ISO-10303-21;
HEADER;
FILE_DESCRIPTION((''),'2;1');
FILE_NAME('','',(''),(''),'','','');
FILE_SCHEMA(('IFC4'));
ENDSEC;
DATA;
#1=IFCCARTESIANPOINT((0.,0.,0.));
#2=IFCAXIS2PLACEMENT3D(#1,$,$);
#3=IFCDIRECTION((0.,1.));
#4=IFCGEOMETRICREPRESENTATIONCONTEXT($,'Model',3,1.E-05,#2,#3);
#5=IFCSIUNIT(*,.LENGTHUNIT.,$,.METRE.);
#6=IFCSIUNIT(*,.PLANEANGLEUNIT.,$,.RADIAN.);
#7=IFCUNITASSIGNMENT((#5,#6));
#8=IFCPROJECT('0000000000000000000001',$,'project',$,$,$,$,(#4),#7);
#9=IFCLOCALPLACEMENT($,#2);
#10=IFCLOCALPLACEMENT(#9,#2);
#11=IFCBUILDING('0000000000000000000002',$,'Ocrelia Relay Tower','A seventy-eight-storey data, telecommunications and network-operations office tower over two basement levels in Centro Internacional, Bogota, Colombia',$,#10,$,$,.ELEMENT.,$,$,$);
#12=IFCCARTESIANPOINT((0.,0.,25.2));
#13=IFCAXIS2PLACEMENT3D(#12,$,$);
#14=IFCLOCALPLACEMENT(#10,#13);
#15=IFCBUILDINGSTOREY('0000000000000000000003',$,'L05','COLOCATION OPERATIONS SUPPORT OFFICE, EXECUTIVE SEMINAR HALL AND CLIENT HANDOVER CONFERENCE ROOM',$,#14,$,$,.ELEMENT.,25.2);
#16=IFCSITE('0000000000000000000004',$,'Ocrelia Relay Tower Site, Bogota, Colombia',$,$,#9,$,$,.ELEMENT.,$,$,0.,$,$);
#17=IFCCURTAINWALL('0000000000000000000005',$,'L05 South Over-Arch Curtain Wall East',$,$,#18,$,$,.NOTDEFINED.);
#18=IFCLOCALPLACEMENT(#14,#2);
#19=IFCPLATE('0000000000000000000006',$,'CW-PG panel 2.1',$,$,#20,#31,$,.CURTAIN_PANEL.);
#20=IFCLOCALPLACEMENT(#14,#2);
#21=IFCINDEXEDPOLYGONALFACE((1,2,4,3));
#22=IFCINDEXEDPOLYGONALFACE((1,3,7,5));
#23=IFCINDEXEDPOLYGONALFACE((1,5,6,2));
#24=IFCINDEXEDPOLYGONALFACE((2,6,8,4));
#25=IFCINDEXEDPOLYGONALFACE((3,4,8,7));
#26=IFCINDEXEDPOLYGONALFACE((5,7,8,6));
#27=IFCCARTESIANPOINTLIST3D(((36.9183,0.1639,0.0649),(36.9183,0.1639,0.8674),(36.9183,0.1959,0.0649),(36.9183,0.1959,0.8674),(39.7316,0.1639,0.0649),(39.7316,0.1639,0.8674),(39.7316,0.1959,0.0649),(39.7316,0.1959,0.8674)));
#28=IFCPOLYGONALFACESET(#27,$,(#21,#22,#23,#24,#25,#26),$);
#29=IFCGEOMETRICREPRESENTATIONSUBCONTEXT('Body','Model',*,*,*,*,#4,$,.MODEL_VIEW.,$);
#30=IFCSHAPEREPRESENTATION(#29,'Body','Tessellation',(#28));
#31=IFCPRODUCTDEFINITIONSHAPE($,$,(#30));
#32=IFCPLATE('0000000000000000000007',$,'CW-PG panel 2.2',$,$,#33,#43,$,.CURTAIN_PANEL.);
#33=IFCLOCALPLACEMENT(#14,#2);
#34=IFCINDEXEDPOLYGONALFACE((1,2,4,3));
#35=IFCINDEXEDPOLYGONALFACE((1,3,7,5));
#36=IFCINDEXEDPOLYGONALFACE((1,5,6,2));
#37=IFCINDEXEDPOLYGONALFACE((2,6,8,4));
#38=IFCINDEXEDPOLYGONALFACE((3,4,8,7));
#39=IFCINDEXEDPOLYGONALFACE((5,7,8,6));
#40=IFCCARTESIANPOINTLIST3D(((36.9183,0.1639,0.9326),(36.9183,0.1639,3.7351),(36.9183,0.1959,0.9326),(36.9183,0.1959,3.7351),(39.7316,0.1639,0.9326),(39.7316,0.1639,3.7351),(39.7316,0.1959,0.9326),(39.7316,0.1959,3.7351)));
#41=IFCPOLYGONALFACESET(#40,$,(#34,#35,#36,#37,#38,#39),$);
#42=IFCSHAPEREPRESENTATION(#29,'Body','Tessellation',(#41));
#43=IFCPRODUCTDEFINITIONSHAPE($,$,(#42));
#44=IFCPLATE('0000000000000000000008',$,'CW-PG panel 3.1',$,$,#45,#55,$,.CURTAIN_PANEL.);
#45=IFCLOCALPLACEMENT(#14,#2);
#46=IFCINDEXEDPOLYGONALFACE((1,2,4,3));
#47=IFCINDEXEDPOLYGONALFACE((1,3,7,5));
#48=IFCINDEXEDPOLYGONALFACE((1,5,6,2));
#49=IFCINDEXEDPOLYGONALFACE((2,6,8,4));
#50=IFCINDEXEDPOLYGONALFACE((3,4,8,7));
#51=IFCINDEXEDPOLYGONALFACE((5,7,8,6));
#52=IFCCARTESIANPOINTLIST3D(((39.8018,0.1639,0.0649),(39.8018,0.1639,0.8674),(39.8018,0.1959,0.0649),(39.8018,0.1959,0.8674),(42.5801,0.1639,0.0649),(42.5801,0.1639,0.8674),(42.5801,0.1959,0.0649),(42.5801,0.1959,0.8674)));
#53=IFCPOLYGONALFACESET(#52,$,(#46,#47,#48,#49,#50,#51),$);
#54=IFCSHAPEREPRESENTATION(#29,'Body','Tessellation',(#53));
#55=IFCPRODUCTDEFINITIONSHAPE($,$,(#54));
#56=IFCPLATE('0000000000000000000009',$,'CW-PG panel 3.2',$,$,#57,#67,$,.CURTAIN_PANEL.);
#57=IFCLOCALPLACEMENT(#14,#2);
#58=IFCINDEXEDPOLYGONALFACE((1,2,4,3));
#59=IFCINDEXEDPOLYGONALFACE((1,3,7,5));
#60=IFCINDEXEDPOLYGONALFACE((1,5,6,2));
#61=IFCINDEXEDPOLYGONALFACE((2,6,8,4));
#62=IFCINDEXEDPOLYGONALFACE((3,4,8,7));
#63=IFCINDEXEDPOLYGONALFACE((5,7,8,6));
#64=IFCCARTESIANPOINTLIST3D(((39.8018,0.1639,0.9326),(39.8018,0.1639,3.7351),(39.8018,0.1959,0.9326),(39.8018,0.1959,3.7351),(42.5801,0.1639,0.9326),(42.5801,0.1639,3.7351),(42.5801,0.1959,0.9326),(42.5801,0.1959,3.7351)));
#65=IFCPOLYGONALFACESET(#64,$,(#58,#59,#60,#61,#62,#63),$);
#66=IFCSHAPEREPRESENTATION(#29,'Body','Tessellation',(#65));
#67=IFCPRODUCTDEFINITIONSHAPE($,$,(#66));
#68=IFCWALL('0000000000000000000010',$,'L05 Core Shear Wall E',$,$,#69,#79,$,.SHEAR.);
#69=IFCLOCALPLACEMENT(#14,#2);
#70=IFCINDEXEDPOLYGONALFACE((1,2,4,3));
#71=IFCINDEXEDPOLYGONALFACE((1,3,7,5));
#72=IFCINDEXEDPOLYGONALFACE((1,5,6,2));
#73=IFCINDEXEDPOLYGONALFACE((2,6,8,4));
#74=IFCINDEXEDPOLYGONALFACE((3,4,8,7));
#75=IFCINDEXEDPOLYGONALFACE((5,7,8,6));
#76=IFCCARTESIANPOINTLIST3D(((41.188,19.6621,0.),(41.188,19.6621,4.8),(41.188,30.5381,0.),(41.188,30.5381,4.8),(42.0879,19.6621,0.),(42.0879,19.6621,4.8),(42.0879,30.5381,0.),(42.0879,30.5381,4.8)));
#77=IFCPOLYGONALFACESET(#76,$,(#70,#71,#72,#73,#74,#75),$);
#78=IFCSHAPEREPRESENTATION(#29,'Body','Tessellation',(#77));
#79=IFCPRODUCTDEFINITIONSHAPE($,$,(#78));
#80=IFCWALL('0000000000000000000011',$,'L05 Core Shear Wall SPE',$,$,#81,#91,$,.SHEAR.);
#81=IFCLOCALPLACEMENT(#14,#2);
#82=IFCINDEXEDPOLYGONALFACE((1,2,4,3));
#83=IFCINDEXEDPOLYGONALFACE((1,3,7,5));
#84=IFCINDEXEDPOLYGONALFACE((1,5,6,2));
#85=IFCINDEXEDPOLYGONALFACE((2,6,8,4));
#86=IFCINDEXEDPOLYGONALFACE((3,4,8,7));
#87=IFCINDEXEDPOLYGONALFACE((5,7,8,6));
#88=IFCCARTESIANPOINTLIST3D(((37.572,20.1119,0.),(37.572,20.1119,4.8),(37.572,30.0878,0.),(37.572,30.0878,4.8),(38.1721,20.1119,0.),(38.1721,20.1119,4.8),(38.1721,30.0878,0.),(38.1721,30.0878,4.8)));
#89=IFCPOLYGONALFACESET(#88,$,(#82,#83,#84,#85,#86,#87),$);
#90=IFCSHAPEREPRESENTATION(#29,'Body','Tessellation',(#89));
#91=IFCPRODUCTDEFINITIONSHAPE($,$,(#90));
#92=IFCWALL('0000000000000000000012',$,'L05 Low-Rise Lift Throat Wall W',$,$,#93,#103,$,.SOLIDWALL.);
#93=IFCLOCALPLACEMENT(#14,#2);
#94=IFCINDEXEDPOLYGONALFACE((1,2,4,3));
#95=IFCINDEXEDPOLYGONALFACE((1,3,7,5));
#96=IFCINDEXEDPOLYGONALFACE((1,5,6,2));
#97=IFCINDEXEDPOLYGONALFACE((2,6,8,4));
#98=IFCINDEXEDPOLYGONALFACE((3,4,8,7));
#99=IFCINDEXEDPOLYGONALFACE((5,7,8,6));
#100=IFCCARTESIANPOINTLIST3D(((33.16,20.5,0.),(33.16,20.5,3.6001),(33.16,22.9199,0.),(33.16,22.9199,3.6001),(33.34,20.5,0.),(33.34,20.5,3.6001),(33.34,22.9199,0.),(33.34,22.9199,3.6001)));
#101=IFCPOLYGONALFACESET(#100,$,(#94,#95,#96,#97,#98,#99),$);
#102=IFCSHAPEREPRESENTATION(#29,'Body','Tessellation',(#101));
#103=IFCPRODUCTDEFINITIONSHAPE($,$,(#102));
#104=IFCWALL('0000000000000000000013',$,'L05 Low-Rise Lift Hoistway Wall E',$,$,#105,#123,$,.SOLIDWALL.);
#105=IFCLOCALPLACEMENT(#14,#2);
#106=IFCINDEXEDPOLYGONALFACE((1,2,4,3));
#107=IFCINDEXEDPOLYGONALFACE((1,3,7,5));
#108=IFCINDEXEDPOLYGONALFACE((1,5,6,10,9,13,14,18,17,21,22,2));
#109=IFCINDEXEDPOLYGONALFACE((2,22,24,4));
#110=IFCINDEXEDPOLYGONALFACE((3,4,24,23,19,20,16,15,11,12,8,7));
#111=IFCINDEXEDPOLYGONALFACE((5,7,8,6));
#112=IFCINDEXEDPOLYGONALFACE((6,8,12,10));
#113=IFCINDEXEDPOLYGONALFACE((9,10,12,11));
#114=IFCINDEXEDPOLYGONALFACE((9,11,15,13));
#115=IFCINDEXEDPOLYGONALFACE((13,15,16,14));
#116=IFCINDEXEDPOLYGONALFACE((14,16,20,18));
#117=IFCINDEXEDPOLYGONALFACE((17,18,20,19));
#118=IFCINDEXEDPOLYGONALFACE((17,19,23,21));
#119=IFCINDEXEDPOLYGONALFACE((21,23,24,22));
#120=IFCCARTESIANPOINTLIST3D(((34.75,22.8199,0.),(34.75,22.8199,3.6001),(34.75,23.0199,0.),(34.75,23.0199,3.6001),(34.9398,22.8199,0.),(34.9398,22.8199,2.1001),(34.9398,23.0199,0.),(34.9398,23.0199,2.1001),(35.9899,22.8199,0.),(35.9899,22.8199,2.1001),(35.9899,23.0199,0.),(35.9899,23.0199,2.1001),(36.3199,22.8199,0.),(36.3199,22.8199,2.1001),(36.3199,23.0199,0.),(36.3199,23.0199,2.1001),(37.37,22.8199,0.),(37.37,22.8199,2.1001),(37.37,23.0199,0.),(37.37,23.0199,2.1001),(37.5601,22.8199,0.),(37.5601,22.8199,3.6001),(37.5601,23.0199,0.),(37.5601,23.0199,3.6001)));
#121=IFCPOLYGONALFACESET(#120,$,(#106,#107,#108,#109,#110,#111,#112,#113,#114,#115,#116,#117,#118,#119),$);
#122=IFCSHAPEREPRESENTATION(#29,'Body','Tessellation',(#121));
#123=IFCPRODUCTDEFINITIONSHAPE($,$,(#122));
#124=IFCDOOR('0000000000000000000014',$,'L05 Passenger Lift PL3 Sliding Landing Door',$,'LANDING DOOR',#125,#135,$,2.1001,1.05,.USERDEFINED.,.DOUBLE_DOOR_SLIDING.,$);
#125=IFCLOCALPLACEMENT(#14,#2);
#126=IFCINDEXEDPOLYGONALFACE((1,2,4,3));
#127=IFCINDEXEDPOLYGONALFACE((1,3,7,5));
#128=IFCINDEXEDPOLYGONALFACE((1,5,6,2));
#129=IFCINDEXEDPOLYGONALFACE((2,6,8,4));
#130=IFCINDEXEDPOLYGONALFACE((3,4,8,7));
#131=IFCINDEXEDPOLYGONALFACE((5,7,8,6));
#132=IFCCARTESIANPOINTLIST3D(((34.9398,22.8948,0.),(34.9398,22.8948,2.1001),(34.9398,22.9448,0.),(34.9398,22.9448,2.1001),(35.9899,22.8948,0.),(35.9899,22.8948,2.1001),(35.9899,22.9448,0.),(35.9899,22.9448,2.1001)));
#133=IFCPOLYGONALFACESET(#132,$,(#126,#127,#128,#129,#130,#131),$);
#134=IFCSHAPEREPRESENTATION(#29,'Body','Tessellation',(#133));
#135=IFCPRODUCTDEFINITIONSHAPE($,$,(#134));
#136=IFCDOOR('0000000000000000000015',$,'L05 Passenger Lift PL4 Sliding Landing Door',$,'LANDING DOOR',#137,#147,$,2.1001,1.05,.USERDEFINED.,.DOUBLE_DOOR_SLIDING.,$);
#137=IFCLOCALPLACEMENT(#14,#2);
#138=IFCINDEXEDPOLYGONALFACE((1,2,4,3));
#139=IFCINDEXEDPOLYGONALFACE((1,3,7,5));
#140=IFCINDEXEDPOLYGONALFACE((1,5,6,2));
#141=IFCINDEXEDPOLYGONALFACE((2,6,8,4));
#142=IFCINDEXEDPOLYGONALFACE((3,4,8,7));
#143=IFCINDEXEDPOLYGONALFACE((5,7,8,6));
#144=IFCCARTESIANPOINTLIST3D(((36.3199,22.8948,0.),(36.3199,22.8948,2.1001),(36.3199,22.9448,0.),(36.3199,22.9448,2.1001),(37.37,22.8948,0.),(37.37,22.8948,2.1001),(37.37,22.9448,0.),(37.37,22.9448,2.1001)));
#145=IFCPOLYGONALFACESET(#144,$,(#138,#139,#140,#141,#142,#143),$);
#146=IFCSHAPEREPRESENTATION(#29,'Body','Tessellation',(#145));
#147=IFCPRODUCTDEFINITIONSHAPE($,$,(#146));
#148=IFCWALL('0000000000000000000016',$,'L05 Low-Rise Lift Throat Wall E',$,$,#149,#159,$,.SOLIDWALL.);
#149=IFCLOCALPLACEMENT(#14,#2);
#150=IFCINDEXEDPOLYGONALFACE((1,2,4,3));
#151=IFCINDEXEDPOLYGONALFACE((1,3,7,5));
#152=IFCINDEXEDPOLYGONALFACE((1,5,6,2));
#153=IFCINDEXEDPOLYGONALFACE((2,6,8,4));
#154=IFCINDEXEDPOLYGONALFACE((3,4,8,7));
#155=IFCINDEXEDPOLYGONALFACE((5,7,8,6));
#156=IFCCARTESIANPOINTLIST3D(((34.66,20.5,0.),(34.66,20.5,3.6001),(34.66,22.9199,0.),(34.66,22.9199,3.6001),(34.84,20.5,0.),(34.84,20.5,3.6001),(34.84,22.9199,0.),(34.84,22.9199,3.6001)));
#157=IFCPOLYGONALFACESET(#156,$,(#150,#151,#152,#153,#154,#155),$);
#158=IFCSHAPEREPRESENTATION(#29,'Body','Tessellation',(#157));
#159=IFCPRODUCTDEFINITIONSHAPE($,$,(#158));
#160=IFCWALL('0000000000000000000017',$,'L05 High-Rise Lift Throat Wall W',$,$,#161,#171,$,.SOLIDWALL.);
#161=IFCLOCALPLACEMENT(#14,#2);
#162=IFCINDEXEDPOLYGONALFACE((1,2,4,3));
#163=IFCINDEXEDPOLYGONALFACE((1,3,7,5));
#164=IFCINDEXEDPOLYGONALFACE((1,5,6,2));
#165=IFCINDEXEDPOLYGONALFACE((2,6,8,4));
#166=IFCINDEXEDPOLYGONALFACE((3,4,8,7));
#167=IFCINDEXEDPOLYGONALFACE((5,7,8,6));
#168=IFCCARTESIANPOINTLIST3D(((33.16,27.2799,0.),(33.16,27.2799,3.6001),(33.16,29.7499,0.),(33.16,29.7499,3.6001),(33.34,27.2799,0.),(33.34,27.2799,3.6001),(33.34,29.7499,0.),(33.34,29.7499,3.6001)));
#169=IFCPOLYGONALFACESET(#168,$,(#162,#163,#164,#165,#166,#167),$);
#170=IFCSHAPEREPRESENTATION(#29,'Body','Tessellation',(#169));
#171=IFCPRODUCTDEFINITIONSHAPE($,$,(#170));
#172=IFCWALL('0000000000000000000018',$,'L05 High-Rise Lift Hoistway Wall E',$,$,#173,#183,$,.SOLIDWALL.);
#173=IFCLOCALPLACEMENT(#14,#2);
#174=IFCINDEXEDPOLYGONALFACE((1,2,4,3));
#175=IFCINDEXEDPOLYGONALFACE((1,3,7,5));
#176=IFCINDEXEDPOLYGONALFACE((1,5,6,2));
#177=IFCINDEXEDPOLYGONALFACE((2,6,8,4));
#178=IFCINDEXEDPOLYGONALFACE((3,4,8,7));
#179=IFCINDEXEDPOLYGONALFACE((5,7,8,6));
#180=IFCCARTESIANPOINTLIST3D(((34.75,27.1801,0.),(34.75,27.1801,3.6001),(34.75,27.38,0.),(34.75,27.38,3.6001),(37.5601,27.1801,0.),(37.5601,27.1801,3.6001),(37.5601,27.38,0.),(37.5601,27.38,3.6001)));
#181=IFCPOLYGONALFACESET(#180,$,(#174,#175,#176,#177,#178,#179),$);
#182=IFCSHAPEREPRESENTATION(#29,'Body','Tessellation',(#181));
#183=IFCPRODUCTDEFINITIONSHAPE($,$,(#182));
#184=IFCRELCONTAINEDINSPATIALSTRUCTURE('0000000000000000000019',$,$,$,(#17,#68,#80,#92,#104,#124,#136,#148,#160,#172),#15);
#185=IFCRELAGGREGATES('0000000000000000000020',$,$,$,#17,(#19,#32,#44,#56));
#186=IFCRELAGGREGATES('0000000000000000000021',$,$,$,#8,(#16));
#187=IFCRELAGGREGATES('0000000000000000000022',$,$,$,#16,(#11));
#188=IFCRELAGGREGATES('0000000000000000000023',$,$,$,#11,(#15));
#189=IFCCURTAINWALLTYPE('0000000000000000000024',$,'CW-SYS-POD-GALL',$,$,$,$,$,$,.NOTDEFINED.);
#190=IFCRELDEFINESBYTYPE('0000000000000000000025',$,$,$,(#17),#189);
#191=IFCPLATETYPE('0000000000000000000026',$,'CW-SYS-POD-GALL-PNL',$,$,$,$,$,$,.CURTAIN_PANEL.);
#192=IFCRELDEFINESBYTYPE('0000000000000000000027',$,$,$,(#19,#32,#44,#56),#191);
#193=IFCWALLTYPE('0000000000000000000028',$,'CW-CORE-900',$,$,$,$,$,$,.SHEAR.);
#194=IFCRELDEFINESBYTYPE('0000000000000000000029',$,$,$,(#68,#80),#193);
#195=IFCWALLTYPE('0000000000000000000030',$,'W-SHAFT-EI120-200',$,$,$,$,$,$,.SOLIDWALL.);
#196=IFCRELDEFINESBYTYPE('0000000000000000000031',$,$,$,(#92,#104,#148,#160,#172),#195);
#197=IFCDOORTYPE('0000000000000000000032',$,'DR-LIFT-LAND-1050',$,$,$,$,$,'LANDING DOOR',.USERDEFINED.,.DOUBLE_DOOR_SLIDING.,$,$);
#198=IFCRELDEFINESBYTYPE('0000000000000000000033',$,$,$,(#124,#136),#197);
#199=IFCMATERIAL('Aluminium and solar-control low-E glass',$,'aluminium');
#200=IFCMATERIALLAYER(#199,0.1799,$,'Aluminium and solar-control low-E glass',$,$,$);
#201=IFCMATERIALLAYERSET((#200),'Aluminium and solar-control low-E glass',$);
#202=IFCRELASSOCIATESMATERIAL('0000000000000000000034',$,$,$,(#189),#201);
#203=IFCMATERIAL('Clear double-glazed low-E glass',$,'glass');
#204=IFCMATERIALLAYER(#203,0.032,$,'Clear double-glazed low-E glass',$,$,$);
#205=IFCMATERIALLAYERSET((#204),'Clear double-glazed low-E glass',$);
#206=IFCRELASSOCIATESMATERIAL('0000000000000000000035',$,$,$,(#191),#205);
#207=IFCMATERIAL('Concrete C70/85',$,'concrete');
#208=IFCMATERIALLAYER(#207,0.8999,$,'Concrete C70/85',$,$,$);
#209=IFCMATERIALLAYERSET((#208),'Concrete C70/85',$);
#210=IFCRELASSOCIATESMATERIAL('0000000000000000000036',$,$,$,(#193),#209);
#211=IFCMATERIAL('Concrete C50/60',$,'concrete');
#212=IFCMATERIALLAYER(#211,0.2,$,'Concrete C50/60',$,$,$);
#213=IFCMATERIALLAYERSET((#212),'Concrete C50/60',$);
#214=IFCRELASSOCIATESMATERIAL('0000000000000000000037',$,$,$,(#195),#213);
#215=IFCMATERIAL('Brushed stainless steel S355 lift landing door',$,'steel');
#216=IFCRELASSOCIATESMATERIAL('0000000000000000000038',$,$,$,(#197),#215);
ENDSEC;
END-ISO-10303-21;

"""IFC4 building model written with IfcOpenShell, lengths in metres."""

from ifc_helpers import new_model, si_unit, direction, frame, frame_2d, origin, origin_2d, place, context, subcontext, project, spatial, rectangle, extrude, material, layer, layer_set, type_object, element, fill, aggregate, save


model = new_model("IFC4")

# Units and contexts
model_context = context("Model", 3, precision=1e-05, world=origin(), true_north=direction((0.0, 1.0)))
body_context = subcontext(model_context, "Body", "Model", "MODEL_VIEW")
ifc_project = project(units=[si_unit("LENGTHUNIT", "METRE"), si_unit("PLANEANGLEUNIT", "RADIAN")], contexts=[model_context])

# Site, building, storey
site_placement = place(None, origin())
site = spatial("IfcSite", under=ifc_project, at=site_placement, Name="Ocrelia Relay Tower Site, Bogota, Colombia", CompositionType="ELEMENT", RefElevation=0.0)
building_placement = place(site_placement, origin())
building = spatial("IfcBuilding", under=site, at=building_placement, Name="Ocrelia Relay Tower", Description="A seventy-eight-storey data, telecommunications and network-operations office tower over two basement levels in Centro Internacional, Bogota, Colombia", CompositionType="ELEMENT")
storey_placement = place(building_placement, frame((0.0, 0.0, 25.2)))
storey = spatial("IfcBuildingStorey", under=building, at=storey_placement, Name="L05", Description="COLOCATION OPERATIONS SUPPORT OFFICE, EXECUTIVE SEMINAR HALL AND CLIENT HANDOVER CONFERENCE ROOM", CompositionType="ELEMENT", Elevation=25.2)

# Shared definitions
ifc_material_1 = material(Name="Concrete C70/85", Category="concrete")

# Shared definitions
ifc_material_2 = material(Name="Aluminium and solar-control low-E glass", Category="aluminium")
ifc_layer_1 = layer(ifc_material_2, 0.1799, Name="Aluminium and solar-control low-E glass")
ifc_layer_set_1 = layer_set([ifc_layer_1], Name="Aluminium and solar-control low-E glass")
curtain_wall_type = type_object("IfcCurtainWallType", Name="CW-SYS-POD-GALL", PredefinedType="NOTDEFINED", material=ifc_layer_set_1)

# Curtain wall, plates
curtain_wall_1_placement = place(storey_placement, origin())
curtain_wall_1 = element("IfcCurtainWall", 1, at=curtain_wall_1_placement, inside=storey, type_object=curtain_wall_type, Name="L05 South Over-Arch Curtain Wall East", PredefinedType="NOTDEFINED")
ifc_material_3 = material(Name="Clear double-glazed low-E glass", Category="glass")
ifc_layer_2 = layer(ifc_material_3, 0.032, Name="Clear double-glazed low-E glass")
ifc_layer_set_2 = layer_set([ifc_layer_2], Name="Clear double-glazed low-E glass")
plate_type = type_object("IfcPlateType", Name="CW-SYS-POD-GALL-PNL", PredefinedType="CURTAIN_PANEL", material=ifc_layer_set_2)
plate_1_placement = place(storey_placement, frame((38.325, 0.1799, 0.0649), z_axis=(0.0, 0.0, 1.0), x_axis=(1.0, 0.0, 0.0)))
plate_1 = element("IfcPlate", 2, at=plate_1_placement, type_object=plate_type, Name="CW-PG panel 2.1", PredefinedType="CURTAIN_PANEL", context=body_context, shape_type="SweptSolid", body=[
    extrude(rectangle(XDim=2.8132, YDim=0.032, at=origin_2d()), origin(), (0.0, 0.0, 1.0), 0.8025),
])
plate_2_placement = place(storey_placement, frame((38.325, 0.1799, 0.9326), z_axis=(0.0, 0.0, 1.0), x_axis=(1.0, 0.0, 0.0)))
plate_2 = element("IfcPlate", 3, at=plate_2_placement, type_object=plate_type, Name="CW-PG panel 2.2", PredefinedType="CURTAIN_PANEL", context=body_context, shape_type="SweptSolid", body=[
    extrude(rectangle(XDim=2.8132, YDim=0.032, at=origin_2d()), origin(), (0.0, 0.0, 1.0), 2.8025),
])
plate_3_placement = place(storey_placement, frame((41.1909, 0.1799, 0.0649), z_axis=(0.0, 0.0, 1.0), x_axis=(1.0, 0.0, 0.0)))
plate_3 = element("IfcPlate", 4, at=plate_3_placement, type_object=plate_type, Name="CW-PG panel 3.1", PredefinedType="CURTAIN_PANEL", context=body_context, shape_type="SweptSolid", body=[
    extrude(rectangle(XDim=2.7783, YDim=0.032, at=origin_2d()), origin(), (0.0, 0.0, 1.0), 0.8025),
])
plate_4_placement = place(storey_placement, frame((41.1909, 0.1799, 0.9326), z_axis=(0.0, 0.0, 1.0), x_axis=(1.0, 0.0, 0.0)))
plate_4 = element("IfcPlate", 5, at=plate_4_placement, type_object=plate_type, Name="CW-PG panel 3.2", PredefinedType="CURTAIN_PANEL", context=body_context, shape_type="SweptSolid", body=[
    extrude(rectangle(XDim=2.7783, YDim=0.032, at=origin_2d()), origin(), (0.0, 0.0, 1.0), 2.8025),
])
aggregate(curtain_wall_1, [plate_1, plate_2, plate_3, plate_4])

# Walls
ifc_layer_3 = layer(ifc_material_1, 0.8999, Name="Concrete C70/85")
ifc_layer_set_3 = layer_set([ifc_layer_3], Name="Concrete C70/85")
wall_type_1 = type_object("IfcWallType", Name="CW-CORE-900", PredefinedType="SHEAR", material=ifc_layer_set_3)
wall_1_placement = place(storey_placement, frame((41.6379, 19.6621, 0.0), z_axis=(0.0, 0.0, 1.0), x_axis=(0.0, 1.0, 0.0)))
element("IfcWall", 6, at=wall_1_placement, inside=storey, type_object=wall_type_1, Name="L05 Core Shear Wall E", PredefinedType="SHEAR", context=body_context, shape_type="SweptSolid", body=[
    extrude(rectangle(XDim=10.876, YDim=0.8999, at=frame_2d((5.438, 0.0))), origin(), (0.0, 0.0, 1.0), 4.8),
])
wall_2_placement = place(storey_placement, frame((37.8721, 20.1121, 0.0), z_axis=(0.0, 0.0, 1.0), x_axis=(0.0, 1.0, 0.0)))
element("IfcWall", 7, at=wall_2_placement, inside=storey, type_object=wall_type_1, Name="L05 Core Shear Wall SPE", PredefinedType="SHEAR", context=body_context, shape_type="SweptSolid", body=[
    extrude(rectangle(XDim=9.9758, YDim=0.6001, at=frame_2d((4.9878, 0.0))), origin(), (0.0, 0.0, 1.0), 4.8),
])
ifc_material_4 = material(Name="Concrete C50/60", Category="concrete")
ifc_layer_4 = layer(ifc_material_4, 0.2, Name="Concrete C50/60")
ifc_layer_set_4 = layer_set([ifc_layer_4], Name="Concrete C50/60")
wall_type_2 = type_object("IfcWallType", Name="W-SHAFT-EI120-200", PredefinedType="SOLIDWALL", material=ifc_layer_set_4)
wall_3_placement = place(storey_placement, frame((33.25, 20.5, 0.0), z_axis=(0.0, 0.0, 1.0), x_axis=(0.0, 1.0, 0.0)))
element("IfcWall", 8, at=wall_3_placement, inside=storey, type_object=wall_type_2, Name="L05 Low-Rise Lift Throat Wall W", PredefinedType="SOLIDWALL", context=body_context, shape_type="SweptSolid", body=[
    extrude(rectangle(XDim=2.4199, YDim=0.1799, at=frame_2d((1.21, 0.0))), origin(), (0.0, 0.0, 1.0), 3.6001),
])

# Wall, openings, doors
wall_4_placement = place(storey_placement, frame((34.75, 22.9199, 0.0), z_axis=(0.0, 0.0, 1.0), x_axis=(1.0, 0.0, 0.0)))
wall_4 = element("IfcWall", 9, at=wall_4_placement, inside=storey, type_object=wall_type_2, Name="L05 Low-Rise Lift Hoistway Wall E", PredefinedType="SOLIDWALL", context=body_context, shape_type="SweptSolid", body=[
    extrude(rectangle(XDim=2.8101, YDim=0.2, at=frame_2d((1.405, 0.0))), origin(), (0.0, 0.0, 1.0), 3.6001),
])
opening_1_placement = place(wall_4_placement, frame((0.1899, 0.0, 0.0)))
opening_1 = element("IfcOpeningElement", 10, at=opening_1_placement, cuts=wall_4, PredefinedType="OPENING", context=body_context, shape_type="SweptSolid", body=[
    extrude(rectangle(XDim=1.05, YDim=2.1001, at=frame_2d((0.5249, 1.05))), frame((0.0, 0.1099, 0.0), z_axis=(0.0, -1.0, 0.0), x_axis=(1.0, 0.0, 0.0)), (0.0, 0.0, 1.0), 0.22),
])
opening_2_placement = place(wall_4_placement, frame((1.5701, 0.0, 0.0)))
opening_2 = element("IfcOpeningElement", 11, at=opening_2_placement, cuts=wall_4, PredefinedType="OPENING", context=body_context, shape_type="SweptSolid", body=[
    extrude(rectangle(XDim=1.05, YDim=2.1001, at=frame_2d((0.5249, 1.05))), frame((0.0, 0.1099, 0.0), z_axis=(0.0, -1.0, 0.0), x_axis=(1.0, 0.0, 0.0)), (0.0, 0.0, 1.0), 0.22),
])
ifc_material_5 = material(Name="Brushed stainless steel S355 lift landing door", Category="steel")
door_type = type_object("IfcDoorType", Name="DR-LIFT-LAND-1050", ElementType="LANDING DOOR", OperationType="DOUBLE_DOOR_SLIDING", PredefinedType="USERDEFINED", material=ifc_material_5)
door_1_placement = place(opening_1_placement, origin())
door_1 = element("IfcDoor", 12, at=door_1_placement, inside=storey, type_object=door_type, Name="L05 Passenger Lift PL3 Sliding Landing Door", ObjectType="LANDING DOOR", OperationType="DOUBLE_DOOR_SLIDING", OverallHeight=2.1001, OverallWidth=1.05, PredefinedType="USERDEFINED", context=body_context, shape_type="SweptSolid", body=[
    extrude(rectangle(XDim=1.05, YDim=2.1001, at=frame_2d((0.5249, 1.05))), frame((0.0, 0.0249, 0.0), z_axis=(0.0, -1.0, 0.0), x_axis=(1.0, 0.0, 0.0)), (0.0, 0.0, 1.0), 0.05),
])
fill(opening_1, door_1)
door_2_placement = place(opening_2_placement, origin())
door_2 = element("IfcDoor", 13, at=door_2_placement, inside=storey, type_object=door_type, Name="L05 Passenger Lift PL4 Sliding Landing Door", ObjectType="LANDING DOOR", OperationType="DOUBLE_DOOR_SLIDING", OverallHeight=2.1001, OverallWidth=1.05, PredefinedType="USERDEFINED", context=body_context, shape_type="SweptSolid", body=[
    extrude(rectangle(XDim=1.05, YDim=2.1001, at=frame_2d((0.5249, 1.05))), frame((0.0, 0.0249, 0.0), z_axis=(0.0, -1.0, 0.0), x_axis=(1.0, 0.0, 0.0)), (0.0, 0.0, 1.0), 0.05),
])
fill(opening_2, door_2)

# Walls
wall_5_placement = place(storey_placement, frame((34.75, 20.5, 0.0), z_axis=(0.0, 0.0, 1.0), x_axis=(0.0, 1.0, 0.0)))
element("IfcWall", 14, at=wall_5_placement, inside=storey, type_object=wall_type_2, Name="L05 Low-Rise Lift Throat Wall E", PredefinedType="SOLIDWALL", context=body_context, shape_type="SweptSolid", body=[
    extrude(rectangle(XDim=2.4199, YDim=0.1799, at=frame_2d((1.21, 0.0))), origin(), (0.0, 0.0, 1.0), 3.6001),
])
wall_6_placement = place(storey_placement, frame((33.25, 27.28, 0.0), z_axis=(0.0, 0.0, 1.0), x_axis=(0.0, 1.0, 0.0)))
element("IfcWall", 15, at=wall_6_placement, inside=storey, type_object=wall_type_2, Name="L05 High-Rise Lift Throat Wall W", PredefinedType="SOLIDWALL", context=body_context, shape_type="SweptSolid", body=[
    extrude(rectangle(XDim=2.47, YDim=0.1799, at=frame_2d((1.2349, 0.0))), origin(), (0.0, 0.0, 1.0), 3.6001),
])
wall_7_placement = place(storey_placement, frame((34.75, 27.28, 0.0), z_axis=(0.0, 0.0, 1.0), x_axis=(1.0, 0.0, 0.0)))
element("IfcWall", 16, at=wall_7_placement, inside=storey, type_object=wall_type_2, Name="L05 High-Rise Lift Hoistway Wall E", PredefinedType="SOLIDWALL", context=body_context, shape_type="SweptSolid", body=[
    extrude(rectangle(XDim=2.8101, YDim=0.2, at=frame_2d((1.405, 0.0))), origin(), (0.0, 0.0, 1.0), 3.6001),
])

save(model, "model.ifc")
